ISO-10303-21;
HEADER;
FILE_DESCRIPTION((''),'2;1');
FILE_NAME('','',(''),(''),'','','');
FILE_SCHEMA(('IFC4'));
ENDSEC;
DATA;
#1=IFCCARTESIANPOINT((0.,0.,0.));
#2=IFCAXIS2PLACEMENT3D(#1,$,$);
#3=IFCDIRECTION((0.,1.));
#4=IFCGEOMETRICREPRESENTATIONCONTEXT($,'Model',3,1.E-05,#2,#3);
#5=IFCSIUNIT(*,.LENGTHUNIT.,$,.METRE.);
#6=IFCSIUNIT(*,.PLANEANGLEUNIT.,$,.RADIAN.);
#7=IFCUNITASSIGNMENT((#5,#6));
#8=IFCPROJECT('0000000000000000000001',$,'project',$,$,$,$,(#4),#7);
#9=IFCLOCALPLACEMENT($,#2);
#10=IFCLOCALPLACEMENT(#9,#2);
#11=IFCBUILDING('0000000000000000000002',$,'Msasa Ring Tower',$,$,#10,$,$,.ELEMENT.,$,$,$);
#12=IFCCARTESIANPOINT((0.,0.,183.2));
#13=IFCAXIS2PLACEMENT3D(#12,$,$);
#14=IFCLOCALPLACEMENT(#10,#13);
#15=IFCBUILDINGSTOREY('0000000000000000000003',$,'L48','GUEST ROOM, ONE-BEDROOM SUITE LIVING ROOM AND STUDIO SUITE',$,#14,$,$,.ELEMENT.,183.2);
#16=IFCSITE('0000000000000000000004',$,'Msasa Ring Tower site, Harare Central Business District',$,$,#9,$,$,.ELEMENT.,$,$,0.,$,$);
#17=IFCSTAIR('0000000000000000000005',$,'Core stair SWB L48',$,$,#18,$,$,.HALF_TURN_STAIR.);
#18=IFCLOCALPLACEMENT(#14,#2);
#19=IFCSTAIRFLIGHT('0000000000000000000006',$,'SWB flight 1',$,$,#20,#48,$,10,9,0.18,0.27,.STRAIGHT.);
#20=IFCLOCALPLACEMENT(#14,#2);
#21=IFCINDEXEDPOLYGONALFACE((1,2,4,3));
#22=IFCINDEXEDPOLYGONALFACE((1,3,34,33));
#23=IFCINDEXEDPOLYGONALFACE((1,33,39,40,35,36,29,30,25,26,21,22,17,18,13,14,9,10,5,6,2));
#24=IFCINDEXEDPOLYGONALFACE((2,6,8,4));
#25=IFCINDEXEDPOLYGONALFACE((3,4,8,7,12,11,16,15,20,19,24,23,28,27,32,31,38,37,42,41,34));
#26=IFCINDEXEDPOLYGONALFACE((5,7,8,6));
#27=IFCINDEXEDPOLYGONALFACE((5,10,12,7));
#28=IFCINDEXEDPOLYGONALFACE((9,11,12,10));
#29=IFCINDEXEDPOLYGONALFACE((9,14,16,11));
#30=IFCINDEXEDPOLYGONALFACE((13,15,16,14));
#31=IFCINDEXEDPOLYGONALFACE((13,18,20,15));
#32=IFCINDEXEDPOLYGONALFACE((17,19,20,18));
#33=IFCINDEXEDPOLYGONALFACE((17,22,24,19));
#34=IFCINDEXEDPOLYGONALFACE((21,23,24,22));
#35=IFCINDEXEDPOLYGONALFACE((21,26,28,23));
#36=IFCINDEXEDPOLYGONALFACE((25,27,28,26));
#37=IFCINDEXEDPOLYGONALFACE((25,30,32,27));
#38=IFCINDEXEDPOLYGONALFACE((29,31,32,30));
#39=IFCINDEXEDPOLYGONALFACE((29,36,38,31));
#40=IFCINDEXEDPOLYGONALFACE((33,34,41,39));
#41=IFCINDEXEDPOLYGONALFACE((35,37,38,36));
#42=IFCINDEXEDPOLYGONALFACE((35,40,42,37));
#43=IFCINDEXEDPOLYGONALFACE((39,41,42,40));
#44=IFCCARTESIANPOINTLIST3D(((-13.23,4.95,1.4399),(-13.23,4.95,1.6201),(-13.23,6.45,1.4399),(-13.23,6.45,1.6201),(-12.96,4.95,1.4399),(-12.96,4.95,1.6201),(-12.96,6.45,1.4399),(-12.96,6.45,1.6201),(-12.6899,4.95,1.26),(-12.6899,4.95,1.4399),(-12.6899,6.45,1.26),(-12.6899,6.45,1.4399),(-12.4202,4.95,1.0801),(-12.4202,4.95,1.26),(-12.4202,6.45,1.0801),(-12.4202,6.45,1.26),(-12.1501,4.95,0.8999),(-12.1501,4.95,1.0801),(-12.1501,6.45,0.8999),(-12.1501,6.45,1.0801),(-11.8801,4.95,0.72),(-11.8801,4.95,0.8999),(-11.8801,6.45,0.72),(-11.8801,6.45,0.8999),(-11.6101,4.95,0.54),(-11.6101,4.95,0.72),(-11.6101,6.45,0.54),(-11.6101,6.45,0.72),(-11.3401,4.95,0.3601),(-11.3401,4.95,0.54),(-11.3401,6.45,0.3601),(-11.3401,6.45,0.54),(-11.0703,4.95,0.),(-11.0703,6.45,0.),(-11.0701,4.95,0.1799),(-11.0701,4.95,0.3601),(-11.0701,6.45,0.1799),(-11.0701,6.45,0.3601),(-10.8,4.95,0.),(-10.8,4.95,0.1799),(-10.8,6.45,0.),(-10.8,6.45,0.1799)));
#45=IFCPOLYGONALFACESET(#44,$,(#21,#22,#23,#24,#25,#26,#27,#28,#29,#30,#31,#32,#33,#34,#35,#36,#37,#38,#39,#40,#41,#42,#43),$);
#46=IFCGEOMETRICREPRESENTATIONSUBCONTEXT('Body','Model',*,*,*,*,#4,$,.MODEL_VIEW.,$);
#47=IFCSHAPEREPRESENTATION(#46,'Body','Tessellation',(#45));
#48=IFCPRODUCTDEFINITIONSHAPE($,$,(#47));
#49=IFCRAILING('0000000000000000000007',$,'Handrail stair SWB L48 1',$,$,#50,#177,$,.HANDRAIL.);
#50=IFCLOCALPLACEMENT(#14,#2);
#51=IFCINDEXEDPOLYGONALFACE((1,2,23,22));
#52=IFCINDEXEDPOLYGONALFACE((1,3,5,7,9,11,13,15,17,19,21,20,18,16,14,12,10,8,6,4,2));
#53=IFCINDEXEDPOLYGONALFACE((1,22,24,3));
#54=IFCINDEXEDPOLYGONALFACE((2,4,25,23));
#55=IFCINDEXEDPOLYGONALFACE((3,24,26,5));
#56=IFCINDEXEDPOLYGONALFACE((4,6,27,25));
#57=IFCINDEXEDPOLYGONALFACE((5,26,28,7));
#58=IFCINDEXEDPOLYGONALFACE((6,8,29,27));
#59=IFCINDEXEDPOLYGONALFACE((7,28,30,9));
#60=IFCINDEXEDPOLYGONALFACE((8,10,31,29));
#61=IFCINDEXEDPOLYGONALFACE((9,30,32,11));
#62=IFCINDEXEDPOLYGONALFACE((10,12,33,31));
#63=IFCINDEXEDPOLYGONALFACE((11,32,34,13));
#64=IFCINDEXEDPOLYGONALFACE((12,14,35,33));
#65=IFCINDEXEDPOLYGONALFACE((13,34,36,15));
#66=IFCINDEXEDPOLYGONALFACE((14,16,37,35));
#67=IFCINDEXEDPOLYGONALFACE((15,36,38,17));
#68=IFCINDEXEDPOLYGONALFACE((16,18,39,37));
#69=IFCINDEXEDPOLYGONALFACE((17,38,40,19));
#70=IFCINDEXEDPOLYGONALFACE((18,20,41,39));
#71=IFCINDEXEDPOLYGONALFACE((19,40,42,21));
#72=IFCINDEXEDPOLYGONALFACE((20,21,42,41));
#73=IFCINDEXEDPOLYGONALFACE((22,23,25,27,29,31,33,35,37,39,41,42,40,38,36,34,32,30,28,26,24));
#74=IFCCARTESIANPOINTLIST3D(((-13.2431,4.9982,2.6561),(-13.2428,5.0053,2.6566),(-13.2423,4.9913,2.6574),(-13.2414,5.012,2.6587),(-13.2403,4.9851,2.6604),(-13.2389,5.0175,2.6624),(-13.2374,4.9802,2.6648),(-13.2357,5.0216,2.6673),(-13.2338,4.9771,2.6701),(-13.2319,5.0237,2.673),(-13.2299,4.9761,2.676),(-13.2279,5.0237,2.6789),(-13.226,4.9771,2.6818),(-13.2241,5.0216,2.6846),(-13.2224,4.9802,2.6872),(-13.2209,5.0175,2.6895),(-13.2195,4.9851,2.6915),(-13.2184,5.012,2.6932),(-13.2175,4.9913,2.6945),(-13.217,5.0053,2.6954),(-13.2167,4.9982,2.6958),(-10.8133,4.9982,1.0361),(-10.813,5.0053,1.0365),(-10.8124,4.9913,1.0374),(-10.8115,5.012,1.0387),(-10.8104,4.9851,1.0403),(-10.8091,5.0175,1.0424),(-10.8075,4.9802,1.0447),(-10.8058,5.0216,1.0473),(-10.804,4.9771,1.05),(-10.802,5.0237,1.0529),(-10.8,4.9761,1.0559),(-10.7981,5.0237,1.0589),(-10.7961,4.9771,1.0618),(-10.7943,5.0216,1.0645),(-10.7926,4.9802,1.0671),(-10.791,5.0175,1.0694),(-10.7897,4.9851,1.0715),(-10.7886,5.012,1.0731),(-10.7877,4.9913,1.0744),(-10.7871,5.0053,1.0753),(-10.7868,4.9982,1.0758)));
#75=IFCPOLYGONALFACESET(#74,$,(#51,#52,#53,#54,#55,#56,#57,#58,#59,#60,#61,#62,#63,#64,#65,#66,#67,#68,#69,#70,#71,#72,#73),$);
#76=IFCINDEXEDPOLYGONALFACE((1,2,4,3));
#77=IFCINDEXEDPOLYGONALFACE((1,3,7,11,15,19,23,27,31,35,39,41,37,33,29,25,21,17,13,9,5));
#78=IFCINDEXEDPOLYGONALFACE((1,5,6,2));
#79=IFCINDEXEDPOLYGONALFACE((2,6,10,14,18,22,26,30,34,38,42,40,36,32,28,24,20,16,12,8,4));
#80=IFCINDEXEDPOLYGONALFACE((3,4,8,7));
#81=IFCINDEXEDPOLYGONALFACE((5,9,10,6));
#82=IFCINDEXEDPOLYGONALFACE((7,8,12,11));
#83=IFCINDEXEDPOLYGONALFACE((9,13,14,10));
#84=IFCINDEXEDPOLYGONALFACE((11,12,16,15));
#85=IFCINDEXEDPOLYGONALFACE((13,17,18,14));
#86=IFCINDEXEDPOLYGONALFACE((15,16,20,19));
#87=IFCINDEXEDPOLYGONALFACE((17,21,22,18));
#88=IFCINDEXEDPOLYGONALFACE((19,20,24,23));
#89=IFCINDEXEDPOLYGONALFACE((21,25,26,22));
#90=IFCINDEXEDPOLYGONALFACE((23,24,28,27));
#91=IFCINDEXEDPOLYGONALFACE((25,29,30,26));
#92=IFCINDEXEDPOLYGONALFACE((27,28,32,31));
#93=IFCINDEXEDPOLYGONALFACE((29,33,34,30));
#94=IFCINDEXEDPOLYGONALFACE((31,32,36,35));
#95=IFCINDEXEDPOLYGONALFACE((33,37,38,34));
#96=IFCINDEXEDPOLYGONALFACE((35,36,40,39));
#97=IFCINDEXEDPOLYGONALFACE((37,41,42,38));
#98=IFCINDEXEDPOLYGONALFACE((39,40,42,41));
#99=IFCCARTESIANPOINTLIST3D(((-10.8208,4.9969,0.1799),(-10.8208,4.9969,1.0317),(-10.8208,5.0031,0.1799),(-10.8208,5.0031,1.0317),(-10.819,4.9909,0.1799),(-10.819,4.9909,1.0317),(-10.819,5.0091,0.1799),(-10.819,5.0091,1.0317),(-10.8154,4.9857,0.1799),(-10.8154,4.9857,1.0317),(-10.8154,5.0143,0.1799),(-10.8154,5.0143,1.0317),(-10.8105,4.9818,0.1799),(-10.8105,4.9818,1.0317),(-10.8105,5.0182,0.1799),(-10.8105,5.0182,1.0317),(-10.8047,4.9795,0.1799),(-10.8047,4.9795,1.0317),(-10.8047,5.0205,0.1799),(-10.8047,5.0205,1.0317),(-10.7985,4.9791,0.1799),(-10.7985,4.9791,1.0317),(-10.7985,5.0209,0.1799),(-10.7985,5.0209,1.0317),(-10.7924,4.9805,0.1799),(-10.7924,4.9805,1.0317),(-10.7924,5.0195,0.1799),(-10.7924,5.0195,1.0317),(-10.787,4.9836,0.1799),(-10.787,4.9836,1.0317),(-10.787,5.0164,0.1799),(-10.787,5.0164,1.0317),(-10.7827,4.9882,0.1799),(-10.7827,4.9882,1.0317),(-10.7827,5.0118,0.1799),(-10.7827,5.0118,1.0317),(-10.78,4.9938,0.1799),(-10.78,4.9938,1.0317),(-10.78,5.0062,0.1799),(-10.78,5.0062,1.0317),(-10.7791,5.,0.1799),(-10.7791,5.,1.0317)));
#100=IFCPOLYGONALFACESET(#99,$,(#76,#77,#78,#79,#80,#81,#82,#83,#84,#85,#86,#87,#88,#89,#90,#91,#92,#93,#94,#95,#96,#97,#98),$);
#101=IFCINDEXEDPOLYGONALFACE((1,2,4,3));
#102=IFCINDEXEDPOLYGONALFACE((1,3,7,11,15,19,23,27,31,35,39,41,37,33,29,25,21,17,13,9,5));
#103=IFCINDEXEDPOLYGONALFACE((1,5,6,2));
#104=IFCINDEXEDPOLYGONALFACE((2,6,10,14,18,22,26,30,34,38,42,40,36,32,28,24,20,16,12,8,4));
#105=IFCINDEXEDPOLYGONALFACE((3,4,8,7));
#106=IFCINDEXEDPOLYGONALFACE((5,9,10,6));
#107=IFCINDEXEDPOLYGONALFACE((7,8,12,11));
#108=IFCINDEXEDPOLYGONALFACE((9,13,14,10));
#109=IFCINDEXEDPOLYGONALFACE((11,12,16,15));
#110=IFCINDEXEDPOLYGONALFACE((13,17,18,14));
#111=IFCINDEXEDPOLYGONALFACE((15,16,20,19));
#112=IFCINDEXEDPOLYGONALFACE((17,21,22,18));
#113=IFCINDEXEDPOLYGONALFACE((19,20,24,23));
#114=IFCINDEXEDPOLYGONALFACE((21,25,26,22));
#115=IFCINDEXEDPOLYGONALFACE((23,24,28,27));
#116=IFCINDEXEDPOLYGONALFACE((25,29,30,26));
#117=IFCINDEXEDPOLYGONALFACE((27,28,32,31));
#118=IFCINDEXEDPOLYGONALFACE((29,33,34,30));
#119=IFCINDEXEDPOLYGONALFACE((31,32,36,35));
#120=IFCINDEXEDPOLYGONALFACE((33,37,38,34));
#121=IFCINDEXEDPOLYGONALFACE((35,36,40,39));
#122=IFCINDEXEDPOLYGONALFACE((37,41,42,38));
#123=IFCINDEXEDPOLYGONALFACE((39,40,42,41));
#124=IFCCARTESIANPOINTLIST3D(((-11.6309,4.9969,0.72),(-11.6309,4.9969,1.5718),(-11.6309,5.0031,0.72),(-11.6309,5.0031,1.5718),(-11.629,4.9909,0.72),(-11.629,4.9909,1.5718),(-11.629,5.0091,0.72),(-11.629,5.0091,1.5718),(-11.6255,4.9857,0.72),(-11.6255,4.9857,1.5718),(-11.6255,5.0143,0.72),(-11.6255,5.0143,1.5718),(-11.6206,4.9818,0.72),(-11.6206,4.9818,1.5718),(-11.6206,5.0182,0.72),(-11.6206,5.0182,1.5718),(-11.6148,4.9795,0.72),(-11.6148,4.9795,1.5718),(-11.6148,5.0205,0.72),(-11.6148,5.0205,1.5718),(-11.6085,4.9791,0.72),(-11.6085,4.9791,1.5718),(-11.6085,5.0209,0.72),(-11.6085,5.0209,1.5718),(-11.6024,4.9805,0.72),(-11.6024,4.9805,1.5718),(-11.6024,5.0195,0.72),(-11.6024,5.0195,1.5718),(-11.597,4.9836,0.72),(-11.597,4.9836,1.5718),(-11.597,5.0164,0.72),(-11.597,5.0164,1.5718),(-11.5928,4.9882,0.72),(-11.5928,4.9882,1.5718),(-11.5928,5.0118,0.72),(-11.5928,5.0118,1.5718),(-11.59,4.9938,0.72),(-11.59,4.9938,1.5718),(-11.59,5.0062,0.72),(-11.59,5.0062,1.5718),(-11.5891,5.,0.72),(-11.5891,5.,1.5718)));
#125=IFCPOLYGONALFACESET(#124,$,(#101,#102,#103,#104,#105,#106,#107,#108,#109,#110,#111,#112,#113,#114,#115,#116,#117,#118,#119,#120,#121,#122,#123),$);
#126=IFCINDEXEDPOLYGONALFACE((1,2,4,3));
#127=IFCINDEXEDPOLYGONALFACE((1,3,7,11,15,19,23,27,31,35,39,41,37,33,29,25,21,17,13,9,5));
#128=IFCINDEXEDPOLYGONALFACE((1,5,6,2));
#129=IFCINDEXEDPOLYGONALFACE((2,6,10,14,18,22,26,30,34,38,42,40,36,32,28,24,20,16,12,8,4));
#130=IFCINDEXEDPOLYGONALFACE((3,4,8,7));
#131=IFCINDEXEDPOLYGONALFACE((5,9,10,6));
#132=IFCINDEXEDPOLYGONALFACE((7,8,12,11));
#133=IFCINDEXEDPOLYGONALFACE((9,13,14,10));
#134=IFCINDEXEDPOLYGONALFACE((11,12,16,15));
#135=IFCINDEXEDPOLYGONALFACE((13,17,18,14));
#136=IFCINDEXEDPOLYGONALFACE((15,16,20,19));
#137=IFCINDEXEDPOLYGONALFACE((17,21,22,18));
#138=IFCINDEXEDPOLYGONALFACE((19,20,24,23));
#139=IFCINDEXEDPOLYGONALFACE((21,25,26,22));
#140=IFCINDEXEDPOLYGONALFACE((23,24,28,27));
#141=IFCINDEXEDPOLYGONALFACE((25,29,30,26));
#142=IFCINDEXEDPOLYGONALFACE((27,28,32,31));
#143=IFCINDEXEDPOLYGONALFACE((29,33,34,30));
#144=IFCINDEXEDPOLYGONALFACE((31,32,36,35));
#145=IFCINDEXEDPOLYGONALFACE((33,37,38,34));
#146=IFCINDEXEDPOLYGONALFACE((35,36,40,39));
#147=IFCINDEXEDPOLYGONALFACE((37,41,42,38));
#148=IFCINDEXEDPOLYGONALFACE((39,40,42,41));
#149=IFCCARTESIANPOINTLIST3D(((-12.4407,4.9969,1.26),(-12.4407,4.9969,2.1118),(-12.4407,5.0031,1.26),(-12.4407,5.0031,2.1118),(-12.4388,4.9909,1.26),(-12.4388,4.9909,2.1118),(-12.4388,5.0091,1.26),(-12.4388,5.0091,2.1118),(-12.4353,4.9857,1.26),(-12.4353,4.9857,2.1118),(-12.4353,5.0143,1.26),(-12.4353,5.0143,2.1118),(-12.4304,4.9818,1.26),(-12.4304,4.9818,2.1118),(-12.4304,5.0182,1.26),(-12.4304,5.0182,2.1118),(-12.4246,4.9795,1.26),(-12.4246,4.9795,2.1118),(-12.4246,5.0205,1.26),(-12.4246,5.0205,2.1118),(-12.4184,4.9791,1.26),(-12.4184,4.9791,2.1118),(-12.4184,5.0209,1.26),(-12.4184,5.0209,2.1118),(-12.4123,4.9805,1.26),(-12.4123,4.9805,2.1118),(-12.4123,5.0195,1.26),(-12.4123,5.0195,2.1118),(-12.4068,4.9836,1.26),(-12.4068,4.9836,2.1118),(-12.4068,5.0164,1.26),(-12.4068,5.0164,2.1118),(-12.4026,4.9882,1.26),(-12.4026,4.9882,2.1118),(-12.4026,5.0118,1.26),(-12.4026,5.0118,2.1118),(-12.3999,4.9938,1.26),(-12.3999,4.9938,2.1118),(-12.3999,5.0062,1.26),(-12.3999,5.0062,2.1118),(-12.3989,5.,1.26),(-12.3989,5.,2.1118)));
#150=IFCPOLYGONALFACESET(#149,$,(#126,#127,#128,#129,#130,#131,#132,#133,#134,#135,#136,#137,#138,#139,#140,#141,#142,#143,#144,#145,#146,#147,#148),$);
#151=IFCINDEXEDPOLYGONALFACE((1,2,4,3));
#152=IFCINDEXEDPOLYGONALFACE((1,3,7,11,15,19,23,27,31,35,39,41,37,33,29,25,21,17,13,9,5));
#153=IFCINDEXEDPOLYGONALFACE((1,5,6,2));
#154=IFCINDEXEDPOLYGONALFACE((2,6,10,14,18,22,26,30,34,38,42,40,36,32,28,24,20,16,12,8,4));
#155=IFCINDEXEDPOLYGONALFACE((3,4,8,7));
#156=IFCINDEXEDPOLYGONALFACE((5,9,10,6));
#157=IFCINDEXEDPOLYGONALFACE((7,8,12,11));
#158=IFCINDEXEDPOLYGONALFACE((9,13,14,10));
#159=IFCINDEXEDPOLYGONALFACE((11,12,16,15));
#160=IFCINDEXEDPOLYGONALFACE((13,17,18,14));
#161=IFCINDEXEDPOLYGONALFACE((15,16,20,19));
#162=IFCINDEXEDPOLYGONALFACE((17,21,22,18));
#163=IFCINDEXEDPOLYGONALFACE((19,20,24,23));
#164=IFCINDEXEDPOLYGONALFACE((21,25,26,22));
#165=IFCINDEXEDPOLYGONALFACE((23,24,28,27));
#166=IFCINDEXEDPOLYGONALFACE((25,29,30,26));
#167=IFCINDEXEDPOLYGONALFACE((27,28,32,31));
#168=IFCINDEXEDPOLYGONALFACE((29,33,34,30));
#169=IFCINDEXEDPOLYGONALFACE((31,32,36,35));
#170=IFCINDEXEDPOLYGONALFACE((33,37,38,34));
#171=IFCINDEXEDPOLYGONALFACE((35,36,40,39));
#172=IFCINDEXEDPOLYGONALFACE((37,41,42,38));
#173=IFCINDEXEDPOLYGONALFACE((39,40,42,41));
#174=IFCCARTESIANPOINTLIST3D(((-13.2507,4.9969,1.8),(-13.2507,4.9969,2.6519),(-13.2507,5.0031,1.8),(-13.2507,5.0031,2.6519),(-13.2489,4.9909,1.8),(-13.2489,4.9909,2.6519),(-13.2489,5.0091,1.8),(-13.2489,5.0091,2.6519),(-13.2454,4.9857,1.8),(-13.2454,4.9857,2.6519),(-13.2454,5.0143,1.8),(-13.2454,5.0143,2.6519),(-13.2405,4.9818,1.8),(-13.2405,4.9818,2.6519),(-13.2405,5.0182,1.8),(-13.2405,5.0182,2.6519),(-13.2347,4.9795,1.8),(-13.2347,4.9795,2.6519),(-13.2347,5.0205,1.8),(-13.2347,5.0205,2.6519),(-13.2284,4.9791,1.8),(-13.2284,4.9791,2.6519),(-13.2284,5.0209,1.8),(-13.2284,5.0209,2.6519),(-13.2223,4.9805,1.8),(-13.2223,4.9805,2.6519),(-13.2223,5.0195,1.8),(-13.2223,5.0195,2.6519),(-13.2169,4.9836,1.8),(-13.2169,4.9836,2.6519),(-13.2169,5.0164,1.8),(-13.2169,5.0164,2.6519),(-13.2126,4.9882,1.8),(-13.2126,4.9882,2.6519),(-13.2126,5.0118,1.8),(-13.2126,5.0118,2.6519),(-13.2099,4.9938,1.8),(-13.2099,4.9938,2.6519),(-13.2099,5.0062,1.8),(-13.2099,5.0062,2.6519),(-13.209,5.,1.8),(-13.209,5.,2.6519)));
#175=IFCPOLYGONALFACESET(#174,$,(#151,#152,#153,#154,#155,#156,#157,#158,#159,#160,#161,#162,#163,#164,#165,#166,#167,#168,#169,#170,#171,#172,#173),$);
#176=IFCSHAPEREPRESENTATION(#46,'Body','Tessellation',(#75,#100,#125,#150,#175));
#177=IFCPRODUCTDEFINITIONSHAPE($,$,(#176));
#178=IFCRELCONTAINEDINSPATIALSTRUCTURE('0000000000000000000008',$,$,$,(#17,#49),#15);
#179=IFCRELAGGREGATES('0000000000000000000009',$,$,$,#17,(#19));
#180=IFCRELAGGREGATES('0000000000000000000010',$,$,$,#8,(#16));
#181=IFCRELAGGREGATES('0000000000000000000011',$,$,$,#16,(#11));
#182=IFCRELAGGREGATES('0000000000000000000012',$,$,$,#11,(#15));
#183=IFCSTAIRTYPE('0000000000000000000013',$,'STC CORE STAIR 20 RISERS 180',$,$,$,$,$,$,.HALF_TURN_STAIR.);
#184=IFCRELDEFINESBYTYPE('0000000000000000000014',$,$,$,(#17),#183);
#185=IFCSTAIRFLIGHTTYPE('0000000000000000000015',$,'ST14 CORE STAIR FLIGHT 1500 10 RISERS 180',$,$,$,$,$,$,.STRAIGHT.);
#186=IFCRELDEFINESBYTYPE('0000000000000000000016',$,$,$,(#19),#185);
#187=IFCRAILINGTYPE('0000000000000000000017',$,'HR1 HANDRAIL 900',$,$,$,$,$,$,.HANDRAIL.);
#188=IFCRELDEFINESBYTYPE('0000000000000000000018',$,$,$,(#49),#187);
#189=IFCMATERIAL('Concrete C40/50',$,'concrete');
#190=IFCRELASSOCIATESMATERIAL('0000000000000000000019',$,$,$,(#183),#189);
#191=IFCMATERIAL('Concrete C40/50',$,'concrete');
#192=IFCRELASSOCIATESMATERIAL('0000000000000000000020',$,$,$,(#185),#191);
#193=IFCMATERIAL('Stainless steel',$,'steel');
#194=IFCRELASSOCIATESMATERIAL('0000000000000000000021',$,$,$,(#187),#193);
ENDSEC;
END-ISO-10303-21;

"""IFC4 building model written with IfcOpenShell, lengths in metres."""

from ifc_helpers import new_model, si_unit, direction, frame, origin, origin_2d, place, context, subcontext, project, spatial, polyline, circle, outline, extrude, material, type_object, element, aggregate, save


model = new_model("IFC4")

# Units and contexts
model_context = context("Model", 3, precision=1e-05, world=origin(), true_north=direction((0.0, 1.0)))
body_context = subcontext(model_context, "Body", "Model", "MODEL_VIEW")
ifc_project = project(units=[si_unit("LENGTHUNIT", "METRE"), si_unit("PLANEANGLEUNIT", "RADIAN")], contexts=[model_context])

# Site, building, storey
site_placement = place(None, origin())
site = spatial("IfcSite", under=ifc_project, at=site_placement, Name="Msasa Ring Tower site, Harare Central Business District", CompositionType="ELEMENT", RefElevation=0.0)
building_placement = place(site_placement, origin())
building = spatial("IfcBuilding", under=site, at=building_placement, Name="Msasa Ring Tower", CompositionType="ELEMENT")
storey_placement = place(building_placement, frame((0.0, 0.0, 183.2)))
storey = spatial("IfcBuildingStorey", under=building, at=storey_placement, Name="L48", Description="GUEST ROOM, ONE-BEDROOM SUITE LIVING ROOM AND STUDIO SUITE", CompositionType="ELEMENT", Elevation=183.2)

# Shared definitions
ifc_material_1 = material(Name="Concrete C40/50", Category="concrete")
stair_type = type_object("IfcStairType", Name="STC CORE STAIR 20 RISERS 180", PredefinedType="HALF_TURN_STAIR", material=ifc_material_1)

# Stair, stair flight
stair_1_placement = place(storey_placement, origin())
stair_1 = element("IfcStair", 1, at=stair_1_placement, inside=storey, type_object=stair_type, Name="Core stair SWB L48", PredefinedType="HALF_TURN_STAIR")
ifc_material_2 = material(Name="Concrete C40/50", Category="concrete")
stair_flight_type = type_object("IfcStairFlightType", Name="ST14 CORE STAIR FLIGHT 1500 10 RISERS 180", PredefinedType="STRAIGHT", material=ifc_material_2)
stair_flight_placement = place(storey_placement, frame((-10.8, 5.7, 0.0), z_axis=(0.0, 0.0, 1.0), x_axis=(-1.0, 0.0, 0.0)))
stair_flight = element("IfcStairFlight", 2, at=stair_flight_placement, type_object=stair_flight_type, Name="SWB flight 1", NumberOfRisers=10, NumberOfTreads=9, PredefinedType="STRAIGHT", RiserHeight=0.18, TreadLength=0.27, context=body_context, shape_type="SweptSolid", body=[
    extrude(outline(polyline([(0.0, 0.0), (0.0, 0.1799), (0.27, 0.1799), (0.27, 0.3601), (0.54, 0.3601), (0.54, 0.54), (0.8101, 0.54), (0.8101, 0.72), (1.0801, 0.72), (1.0801, 0.8999), (1.3501, 0.8999), (1.3501, 1.0801), (1.6201, 1.0801), (1.6201, 1.26), (1.8899, 1.26), (1.8899, 1.4399), (2.1599, 1.4399), (2.1599, 1.6201), (2.4299, 1.6201), (2.4299, 1.8), (2.4299, 1.4399), (0.2703, 0.0), (0.0, 0.0)])), frame((0.0, 0.75, 0.0), z_axis=(0.0, -1.0, 0.0), x_axis=(1.0, 0.0, 0.0)), (0.0, 0.0, 1.0), 1.5),
])
aggregate(stair_1, [stair_flight])

# Railing
ifc_material_3 = material(Name="Stainless steel", Category="steel")
railing_type = type_object("IfcRailingType", Name="HR1 HANDRAIL 900", PredefinedType="HANDRAIL", material=ifc_material_3)
for number, where, name in (
    (3, (-10.8, 5.0, 0.1799), "Handrail stair SWB L48 1"),
):
    element("IfcRailing", number, at=place(storey_placement, frame(where)), inside=storey, type_object=railing_type, Name=name, PredefinedType="HANDRAIL", context=body_context, shape_type="SweptSolid", body=[
        extrude(circle(Radius=0.0239, at=origin_2d()), frame((0.0, 0.0, 0.876), z_axis=(-0.832025, 0.0, 0.554739), x_axis=(0.0, -1.0, 0.0)), (0.0, 0.0, 1.0), 2.9204),
        extrude(circle(Radius=0.021, at=origin_2d()), origin(), (0.0, 0.0, 1.0), 0.8518),
        extrude(circle(Radius=0.021, at=origin_2d()), frame((-0.8101, 0.0, 0.54)), (0.0, 0.0, 1.0), 0.8518),
        extrude(circle(Radius=0.021, at=origin_2d()), frame((-1.6199, 0.0, 1.0801)), (0.0, 0.0, 1.0), 0.8518),
        extrude(circle(Radius=0.021, at=origin_2d()), frame((-2.4299, 0.0, 1.6201)), (0.0, 0.0, 1.0), 0.8518),
    ])

save(model, "model.ifc")
